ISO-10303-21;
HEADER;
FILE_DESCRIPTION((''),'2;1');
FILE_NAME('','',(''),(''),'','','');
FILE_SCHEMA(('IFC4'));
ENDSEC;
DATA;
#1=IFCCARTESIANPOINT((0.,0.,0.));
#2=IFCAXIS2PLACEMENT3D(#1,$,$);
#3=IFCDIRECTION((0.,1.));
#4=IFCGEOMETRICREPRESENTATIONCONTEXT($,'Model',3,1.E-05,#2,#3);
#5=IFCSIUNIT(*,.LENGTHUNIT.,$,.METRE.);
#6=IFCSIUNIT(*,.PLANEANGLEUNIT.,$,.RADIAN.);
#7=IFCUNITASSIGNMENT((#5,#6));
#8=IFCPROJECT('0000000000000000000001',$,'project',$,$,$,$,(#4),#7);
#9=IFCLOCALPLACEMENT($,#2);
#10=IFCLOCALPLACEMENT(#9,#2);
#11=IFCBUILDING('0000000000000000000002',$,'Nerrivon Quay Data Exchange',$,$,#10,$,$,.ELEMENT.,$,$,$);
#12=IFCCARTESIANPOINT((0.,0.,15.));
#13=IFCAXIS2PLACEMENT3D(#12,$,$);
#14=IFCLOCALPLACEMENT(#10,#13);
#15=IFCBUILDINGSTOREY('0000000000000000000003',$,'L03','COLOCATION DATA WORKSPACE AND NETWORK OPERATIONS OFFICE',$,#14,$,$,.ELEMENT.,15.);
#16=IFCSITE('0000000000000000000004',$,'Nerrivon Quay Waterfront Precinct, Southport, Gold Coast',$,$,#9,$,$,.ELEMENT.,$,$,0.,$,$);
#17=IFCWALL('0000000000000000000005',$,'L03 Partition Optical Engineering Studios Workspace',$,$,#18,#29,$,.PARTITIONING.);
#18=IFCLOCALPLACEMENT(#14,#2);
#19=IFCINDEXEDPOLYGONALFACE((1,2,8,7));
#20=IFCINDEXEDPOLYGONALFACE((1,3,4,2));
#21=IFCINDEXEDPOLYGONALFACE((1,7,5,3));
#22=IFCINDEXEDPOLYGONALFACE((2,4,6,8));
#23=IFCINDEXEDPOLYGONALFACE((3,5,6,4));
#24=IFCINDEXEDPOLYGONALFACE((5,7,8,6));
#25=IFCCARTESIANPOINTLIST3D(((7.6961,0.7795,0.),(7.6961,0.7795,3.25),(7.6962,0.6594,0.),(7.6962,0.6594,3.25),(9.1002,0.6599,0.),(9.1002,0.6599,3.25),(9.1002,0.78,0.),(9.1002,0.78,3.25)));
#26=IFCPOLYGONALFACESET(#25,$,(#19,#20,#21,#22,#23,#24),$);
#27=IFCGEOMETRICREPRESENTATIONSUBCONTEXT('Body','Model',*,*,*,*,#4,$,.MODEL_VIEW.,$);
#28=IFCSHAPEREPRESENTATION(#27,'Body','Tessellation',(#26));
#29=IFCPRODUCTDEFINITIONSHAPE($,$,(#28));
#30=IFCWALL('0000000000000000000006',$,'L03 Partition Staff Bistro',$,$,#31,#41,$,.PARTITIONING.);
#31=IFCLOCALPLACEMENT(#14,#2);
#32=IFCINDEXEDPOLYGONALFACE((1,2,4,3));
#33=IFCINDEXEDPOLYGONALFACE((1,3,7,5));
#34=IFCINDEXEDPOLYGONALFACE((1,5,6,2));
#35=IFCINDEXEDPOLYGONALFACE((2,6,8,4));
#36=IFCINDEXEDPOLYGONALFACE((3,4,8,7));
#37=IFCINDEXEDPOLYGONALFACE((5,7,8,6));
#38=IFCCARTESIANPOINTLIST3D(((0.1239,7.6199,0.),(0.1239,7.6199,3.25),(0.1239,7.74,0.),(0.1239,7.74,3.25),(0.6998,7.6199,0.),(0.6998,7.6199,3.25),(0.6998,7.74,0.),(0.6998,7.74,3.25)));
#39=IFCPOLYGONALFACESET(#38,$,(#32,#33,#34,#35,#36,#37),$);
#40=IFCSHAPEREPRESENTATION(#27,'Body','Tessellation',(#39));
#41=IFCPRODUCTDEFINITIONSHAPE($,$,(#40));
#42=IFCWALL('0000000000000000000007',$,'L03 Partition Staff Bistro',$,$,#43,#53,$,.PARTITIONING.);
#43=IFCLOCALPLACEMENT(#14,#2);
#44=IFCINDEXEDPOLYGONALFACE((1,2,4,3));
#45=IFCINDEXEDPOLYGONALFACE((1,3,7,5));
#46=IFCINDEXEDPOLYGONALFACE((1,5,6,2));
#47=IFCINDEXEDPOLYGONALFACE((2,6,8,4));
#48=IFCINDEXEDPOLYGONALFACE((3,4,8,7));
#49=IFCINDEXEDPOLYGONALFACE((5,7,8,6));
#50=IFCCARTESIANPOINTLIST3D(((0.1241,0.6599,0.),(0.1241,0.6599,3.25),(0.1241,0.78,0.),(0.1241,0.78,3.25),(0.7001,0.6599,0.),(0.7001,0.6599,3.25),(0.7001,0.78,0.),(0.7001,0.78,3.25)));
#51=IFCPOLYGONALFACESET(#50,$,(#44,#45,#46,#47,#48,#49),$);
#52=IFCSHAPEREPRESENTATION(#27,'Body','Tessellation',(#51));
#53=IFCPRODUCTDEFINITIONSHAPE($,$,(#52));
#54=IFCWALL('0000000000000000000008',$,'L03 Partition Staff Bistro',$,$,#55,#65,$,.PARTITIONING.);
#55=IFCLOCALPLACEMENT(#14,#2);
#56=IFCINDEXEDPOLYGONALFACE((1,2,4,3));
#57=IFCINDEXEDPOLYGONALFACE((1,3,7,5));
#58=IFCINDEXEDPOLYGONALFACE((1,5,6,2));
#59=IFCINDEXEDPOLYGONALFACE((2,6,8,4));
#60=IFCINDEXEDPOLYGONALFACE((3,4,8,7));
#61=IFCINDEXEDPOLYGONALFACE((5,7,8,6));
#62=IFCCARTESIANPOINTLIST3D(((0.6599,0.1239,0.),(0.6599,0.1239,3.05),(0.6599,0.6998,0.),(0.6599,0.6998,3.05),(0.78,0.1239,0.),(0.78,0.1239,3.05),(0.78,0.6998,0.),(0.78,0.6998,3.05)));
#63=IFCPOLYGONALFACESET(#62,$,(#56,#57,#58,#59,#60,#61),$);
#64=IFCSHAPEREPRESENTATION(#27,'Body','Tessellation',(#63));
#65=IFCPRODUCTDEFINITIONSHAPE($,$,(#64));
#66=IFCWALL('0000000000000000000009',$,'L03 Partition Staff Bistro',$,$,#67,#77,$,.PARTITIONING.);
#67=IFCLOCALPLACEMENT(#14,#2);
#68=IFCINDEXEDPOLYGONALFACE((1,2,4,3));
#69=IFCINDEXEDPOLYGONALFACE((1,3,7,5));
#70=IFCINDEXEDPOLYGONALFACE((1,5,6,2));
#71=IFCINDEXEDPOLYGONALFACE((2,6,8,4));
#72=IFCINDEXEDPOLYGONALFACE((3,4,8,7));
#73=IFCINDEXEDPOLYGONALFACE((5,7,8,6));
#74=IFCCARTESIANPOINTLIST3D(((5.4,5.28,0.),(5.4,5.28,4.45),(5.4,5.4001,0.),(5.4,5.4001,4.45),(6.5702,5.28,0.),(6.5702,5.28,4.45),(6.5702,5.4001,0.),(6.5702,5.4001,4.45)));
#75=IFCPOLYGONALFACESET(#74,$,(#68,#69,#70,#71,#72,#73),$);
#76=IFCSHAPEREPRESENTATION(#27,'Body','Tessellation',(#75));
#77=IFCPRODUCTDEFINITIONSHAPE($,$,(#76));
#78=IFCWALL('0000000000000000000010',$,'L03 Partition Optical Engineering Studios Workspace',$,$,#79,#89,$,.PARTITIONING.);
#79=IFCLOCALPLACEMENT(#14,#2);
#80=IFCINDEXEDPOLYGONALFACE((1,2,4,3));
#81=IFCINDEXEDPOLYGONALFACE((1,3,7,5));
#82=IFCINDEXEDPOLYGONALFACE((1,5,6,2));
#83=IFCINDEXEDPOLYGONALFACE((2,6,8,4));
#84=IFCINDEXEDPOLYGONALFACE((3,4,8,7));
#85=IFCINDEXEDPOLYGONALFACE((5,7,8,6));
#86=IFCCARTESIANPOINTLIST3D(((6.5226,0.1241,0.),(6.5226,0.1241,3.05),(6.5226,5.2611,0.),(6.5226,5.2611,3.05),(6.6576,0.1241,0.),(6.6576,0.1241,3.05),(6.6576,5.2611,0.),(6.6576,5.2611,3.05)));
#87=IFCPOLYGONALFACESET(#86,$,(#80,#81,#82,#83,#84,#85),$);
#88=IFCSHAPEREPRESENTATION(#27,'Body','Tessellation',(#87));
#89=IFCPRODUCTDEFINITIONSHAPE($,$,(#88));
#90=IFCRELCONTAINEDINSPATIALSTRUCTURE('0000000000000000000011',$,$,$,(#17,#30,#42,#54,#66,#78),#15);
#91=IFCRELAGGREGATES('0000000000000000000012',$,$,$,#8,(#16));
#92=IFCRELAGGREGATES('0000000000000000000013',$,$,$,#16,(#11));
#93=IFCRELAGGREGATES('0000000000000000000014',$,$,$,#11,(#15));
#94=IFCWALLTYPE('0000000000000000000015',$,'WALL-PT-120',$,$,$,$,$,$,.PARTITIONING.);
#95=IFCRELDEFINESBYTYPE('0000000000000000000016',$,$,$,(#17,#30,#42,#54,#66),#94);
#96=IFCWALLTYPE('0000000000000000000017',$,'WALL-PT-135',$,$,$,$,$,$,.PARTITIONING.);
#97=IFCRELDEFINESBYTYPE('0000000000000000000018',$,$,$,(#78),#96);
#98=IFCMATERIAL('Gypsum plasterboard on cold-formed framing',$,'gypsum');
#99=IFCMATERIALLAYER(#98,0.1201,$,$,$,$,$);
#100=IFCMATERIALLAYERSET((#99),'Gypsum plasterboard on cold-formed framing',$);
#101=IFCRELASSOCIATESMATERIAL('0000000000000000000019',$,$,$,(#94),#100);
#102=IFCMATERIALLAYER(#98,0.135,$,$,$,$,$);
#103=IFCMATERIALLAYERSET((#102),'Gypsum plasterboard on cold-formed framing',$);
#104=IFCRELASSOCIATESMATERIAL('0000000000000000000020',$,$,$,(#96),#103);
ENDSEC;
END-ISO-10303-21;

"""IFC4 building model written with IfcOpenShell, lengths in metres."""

from ifc_helpers import new_model, si_unit, direction, frame, frame_2d, origin, place, context, subcontext, project, spatial, rectangle, extrude, material, layer, layer_set, type_object, element, save


model = new_model("IFC4")

# Units and contexts
model_context = context("Model", 3, precision=1e-05, world=origin(), true_north=direction((0.0, 1.0)))
body_context = subcontext(model_context, "Body", "Model", "MODEL_VIEW")
ifc_project = project(units=[si_unit("LENGTHUNIT", "METRE"), si_unit("PLANEANGLEUNIT", "RADIAN")], contexts=[model_context])

# Site, building, storey
site_placement = place(None, origin())
site = spatial("IfcSite", under=ifc_project, at=site_placement, Name="Nerrivon Quay Waterfront Precinct, Southport, Gold Coast", CompositionType="ELEMENT", RefElevation=0.0)
building_placement = place(site_placement, origin())
building = spatial("IfcBuilding", under=site, at=building_placement, Name="Nerrivon Quay Data Exchange", CompositionType="ELEMENT")
storey_placement = place(building_placement, frame((0.0, 0.0, 15.0)))
storey = spatial("IfcBuildingStorey", under=building, at=storey_placement, Name="L03", Description="COLOCATION DATA WORKSPACE AND NETWORK OPERATIONS OFFICE", CompositionType="ELEMENT", Elevation=15.0)

# Walls
ifc_material_1 = material(Name="Gypsum plasterboard on cold-formed framing", Category="gypsum")
ifc_layer_1 = layer(ifc_material_1, 0.1201)
ifc_layer_set_1 = layer_set([ifc_layer_1], Name="Gypsum plasterboard on cold-formed framing")
wall_type_1 = type_object("IfcWallType", Name="WALL-PT-120", PredefinedType="PARTITIONING", material=ifc_layer_set_1)
wall_1_placement = place(storey_placement, frame((7.696, 0.7195, 0.0), z_axis=(0.0, 0.0, 1.0), x_axis=(1.0, 0.000348, 0.0)))
element("IfcWall", 1, at=wall_1_placement, inside=storey, type_object=wall_type_1, Name="L03 Partition Optical Engineering Studios Workspace", PredefinedType="PARTITIONING", context=body_context, shape_type="SweptSolid", body=[
    extrude(rectangle(XDim=1.4041, YDim=0.1201, at=frame_2d((0.7021, 0.0))), origin(), (0.0, 0.0, 1.0), 3.25),
])
for number, where, z_axis, x_axis, name in (
    (2, (0.7, 7.6799, 0.0), (0.0, 0.0, 1.0), (-1.0, 0.0, 0.0), "L03 Partition Staff Bistro"),
    (3, (0.124, 0.72, 0.0), (0.0, 0.0, 1.0), (1.0, 0.0, 0.0), "L03 Partition Staff Bistro"),
):
    element("IfcWall", number, at=place(storey_placement, frame(where, z_axis=z_axis, x_axis=x_axis)), inside=storey, type_object=wall_type_1, Name=name, PredefinedType="PARTITIONING", context=body_context, shape_type="SweptSolid", body=[
        extrude(rectangle(XDim=0.5759, YDim=0.1201, at=frame_2d((0.2881, 0.0))), origin(), (0.0, 0.0, 1.0), 3.25),
    ])
wall_2_placement = place(storey_placement, frame((0.72, 0.7, 0.0), z_axis=(0.0, 0.0, 1.0), x_axis=(0.0, -1.0, 0.0)))
element("IfcWall", 4, at=wall_2_placement, inside=storey, type_object=wall_type_1, Name="L03 Partition Staff Bistro", PredefinedType="PARTITIONING", context=body_context, shape_type="SweptSolid", body=[
    extrude(rectangle(XDim=0.5759, YDim=0.1201, at=frame_2d((0.2881, 0.0))), origin(), (0.0, 0.0, 1.0), 3.05),
])
wall_3_placement = place(storey_placement, frame((6.5701, 5.3401, 0.0), z_axis=(0.0, 0.0, 1.0), x_axis=(-1.0, 0.0, 0.0)))
element("IfcWall", 5, at=wall_3_placement, inside=storey, type_object=wall_type_1, Name="L03 Partition Staff Bistro", PredefinedType="PARTITIONING", context=body_context, shape_type="SweptSolid", body=[
    extrude(rectangle(XDim=1.1702, YDim=0.1201, at=frame_2d((0.585, 0.0))), origin(), (0.0, 0.0, 1.0), 4.45),
])
ifc_layer_2 = layer(ifc_material_1, 0.135)
ifc_layer_set_2 = layer_set([ifc_layer_2], Name="Gypsum plasterboard on cold-formed framing")
wall_type_2 = type_object("IfcWallType", Name="WALL-PT-135", PredefinedType="PARTITIONING", material=ifc_layer_set_2)
wall_4_placement = place(storey_placement, frame((6.5901, 5.261, 0.0), z_axis=(0.0, 0.0, 1.0), x_axis=(0.0, -1.0, 0.0)))
element("IfcWall", 6, at=wall_4_placement, inside=storey, type_object=wall_type_2, Name="L03 Partition Optical Engineering Studios Workspace", PredefinedType="PARTITIONING", context=body_context, shape_type="SweptSolid", body=[
    extrude(rectangle(XDim=5.137, YDim=0.135, at=frame_2d((2.5684, 0.0))), origin(), (0.0, 0.0, 1.0), 3.05),
])

save(model, "model.ifc")
